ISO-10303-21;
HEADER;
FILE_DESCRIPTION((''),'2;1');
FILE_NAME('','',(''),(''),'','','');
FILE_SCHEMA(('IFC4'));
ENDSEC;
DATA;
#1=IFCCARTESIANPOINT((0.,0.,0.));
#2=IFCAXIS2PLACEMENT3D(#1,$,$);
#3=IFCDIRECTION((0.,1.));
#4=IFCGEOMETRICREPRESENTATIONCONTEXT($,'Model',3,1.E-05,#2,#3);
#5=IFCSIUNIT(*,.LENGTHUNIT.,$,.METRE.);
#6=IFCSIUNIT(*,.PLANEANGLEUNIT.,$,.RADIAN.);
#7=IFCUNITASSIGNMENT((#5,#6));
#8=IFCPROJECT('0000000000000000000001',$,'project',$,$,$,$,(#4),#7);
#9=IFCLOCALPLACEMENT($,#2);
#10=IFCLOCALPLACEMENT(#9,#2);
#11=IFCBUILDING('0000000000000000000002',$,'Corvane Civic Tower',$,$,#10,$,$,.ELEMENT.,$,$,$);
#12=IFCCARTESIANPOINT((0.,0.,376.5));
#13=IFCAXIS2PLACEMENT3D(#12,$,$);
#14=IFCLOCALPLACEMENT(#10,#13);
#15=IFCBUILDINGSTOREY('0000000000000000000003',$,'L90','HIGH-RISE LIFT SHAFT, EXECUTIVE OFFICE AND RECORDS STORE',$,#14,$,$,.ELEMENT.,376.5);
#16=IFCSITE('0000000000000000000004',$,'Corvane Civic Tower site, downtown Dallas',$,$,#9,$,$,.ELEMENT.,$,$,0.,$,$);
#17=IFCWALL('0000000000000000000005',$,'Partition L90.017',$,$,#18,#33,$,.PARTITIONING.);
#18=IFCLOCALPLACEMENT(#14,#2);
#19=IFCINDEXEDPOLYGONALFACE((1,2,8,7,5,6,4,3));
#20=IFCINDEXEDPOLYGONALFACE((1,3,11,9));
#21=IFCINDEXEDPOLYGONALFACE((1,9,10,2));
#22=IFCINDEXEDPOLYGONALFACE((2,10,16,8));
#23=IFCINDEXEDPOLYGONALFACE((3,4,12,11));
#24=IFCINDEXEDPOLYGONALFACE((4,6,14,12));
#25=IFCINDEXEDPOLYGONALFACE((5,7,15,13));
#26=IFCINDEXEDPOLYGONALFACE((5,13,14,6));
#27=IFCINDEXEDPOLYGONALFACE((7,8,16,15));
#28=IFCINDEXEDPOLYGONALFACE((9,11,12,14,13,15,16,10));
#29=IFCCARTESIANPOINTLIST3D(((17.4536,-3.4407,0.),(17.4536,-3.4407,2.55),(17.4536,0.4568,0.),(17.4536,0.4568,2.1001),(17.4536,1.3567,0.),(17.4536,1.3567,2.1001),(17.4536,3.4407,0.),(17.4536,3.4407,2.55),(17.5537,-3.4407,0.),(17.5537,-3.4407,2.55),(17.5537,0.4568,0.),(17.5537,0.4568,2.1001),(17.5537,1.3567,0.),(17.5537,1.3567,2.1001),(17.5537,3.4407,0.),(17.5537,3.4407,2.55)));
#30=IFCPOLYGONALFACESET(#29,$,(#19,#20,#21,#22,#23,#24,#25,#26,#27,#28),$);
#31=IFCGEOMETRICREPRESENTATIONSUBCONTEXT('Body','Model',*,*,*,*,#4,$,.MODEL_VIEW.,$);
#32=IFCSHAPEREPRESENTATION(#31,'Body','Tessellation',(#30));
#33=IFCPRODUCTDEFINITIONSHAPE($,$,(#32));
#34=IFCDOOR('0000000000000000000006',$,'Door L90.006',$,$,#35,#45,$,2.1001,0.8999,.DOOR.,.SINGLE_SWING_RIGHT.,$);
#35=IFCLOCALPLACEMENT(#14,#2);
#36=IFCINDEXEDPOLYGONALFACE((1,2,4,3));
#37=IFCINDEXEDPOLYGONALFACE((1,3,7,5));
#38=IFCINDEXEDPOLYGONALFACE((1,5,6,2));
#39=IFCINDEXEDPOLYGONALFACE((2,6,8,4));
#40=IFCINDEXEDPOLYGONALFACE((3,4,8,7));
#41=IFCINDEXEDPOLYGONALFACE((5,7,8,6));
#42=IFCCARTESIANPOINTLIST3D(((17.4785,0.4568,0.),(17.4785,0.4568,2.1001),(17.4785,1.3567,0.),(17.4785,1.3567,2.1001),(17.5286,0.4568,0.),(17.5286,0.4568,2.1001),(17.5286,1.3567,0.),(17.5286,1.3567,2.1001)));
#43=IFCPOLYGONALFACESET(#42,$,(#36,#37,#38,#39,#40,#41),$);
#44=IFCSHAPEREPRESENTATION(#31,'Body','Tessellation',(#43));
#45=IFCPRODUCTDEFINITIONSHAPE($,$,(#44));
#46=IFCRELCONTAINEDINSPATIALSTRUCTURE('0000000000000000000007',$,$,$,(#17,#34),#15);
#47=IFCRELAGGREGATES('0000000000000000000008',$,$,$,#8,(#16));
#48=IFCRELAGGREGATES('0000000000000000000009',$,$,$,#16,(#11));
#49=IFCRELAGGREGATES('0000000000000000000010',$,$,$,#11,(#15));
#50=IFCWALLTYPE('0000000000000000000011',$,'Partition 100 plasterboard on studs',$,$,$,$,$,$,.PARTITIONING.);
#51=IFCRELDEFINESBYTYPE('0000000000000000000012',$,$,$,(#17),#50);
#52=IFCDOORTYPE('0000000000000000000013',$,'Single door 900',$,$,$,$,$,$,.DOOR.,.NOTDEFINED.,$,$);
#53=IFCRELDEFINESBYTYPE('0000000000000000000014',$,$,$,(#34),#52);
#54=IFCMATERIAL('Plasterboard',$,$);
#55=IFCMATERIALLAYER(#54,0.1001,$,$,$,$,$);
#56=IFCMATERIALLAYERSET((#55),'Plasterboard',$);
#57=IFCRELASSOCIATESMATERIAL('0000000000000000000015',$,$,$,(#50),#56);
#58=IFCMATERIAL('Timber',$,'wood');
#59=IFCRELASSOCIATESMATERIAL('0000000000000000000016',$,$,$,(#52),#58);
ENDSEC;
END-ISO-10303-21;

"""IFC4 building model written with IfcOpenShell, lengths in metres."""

from ifc_helpers import new_model, si_unit, direction, frame, frame_2d, origin, place, context, subcontext, project, spatial, rectangle, extrude, material, layer, layer_set, type_object, element, fill, save


model = new_model("IFC4")

# Units and contexts
model_context = context("Model", 3, precision=1e-05, world=origin(), true_north=direction((0.0, 1.0)))
body_context = subcontext(model_context, "Body", "Model", "MODEL_VIEW")
ifc_project = project(units=[si_unit("LENGTHUNIT", "METRE"), si_unit("PLANEANGLEUNIT", "RADIAN")], contexts=[model_context])

# Site, building, storey
site_placement = place(None, origin())
site = spatial("IfcSite", under=ifc_project, at=site_placement, Name="Corvane Civic Tower site, downtown Dallas", CompositionType="ELEMENT", RefElevation=0.0)
building_placement = place(site_placement, origin())
building = spatial("IfcBuilding", under=site, at=building_placement, Name="Corvane Civic Tower", CompositionType="ELEMENT")
storey_placement = place(building_placement, frame((0.0, 0.0, 376.5)))
storey = spatial("IfcBuildingStorey", under=building, at=storey_placement, Name="L90", Description="HIGH-RISE LIFT SHAFT, EXECUTIVE OFFICE AND RECORDS STORE", CompositionType="ELEMENT", Elevation=376.5)

# Shared definitions
ifc_material_1 = material(Name="Plasterboard")
ifc_layer_1 = layer(ifc_material_1, 0.1001)
ifc_layer_set_1 = layer_set([ifc_layer_1], Name="Plasterboard")
wall_type = type_object("IfcWallType", Name="Partition 100 plasterboard on studs", PredefinedType="PARTITIONING", material=ifc_layer_set_1)
ifc_material_2 = material(Name="Timber", Category="wood")
door_type = type_object("IfcDoorType", Name="Single door 900", OperationType="NOTDEFINED", PredefinedType="DOOR", material=ifc_material_2)

# Wall, opening, door
wall_1_placement = place(storey_placement, frame((17.5037, -3.4407, 0.0), z_axis=(0.0, 0.0, 1.0), x_axis=(0.0, 1.0, 0.0)))
wall_1 = element("IfcWall", 1, at=wall_1_placement, inside=storey, type_object=wall_type, Name="Partition L90.017", PredefinedType="PARTITIONING", context=body_context, shape_type="SweptSolid", body=[
    extrude(rectangle(XDim=6.8813, YDim=0.1001, at=frame_2d((3.4407, 0.0))), origin(), (0.0, 0.0, 1.0), 2.55),
])
opening_1_placement = place(wall_1_placement, frame((3.8975, 0.0, 0.0)))
opening_1 = element("IfcOpeningElement", 2, at=opening_1_placement, cuts=wall_1, PredefinedType="OPENING", context=body_context, shape_type="SweptSolid", body=[
    extrude(rectangle(XDim=0.8999, YDim=2.1001, at=frame_2d((0.45, 1.05))), frame((0.0, 0.0601, 0.0), z_axis=(0.0, -1.0, 0.0), x_axis=(1.0, 0.0, 0.0)), (0.0, 0.0, 1.0), 0.1201),
])
door_1_placement = place(opening_1_placement, frame((0.8999, 0.0, 0.0), z_axis=(0.0, 0.0, 1.0), x_axis=(-1.0, 0.0, 0.0)))
door_1 = element("IfcDoor", 3, at=door_1_placement, inside=storey, type_object=door_type, Name="Door L90.006", OperationType="SINGLE_SWING_RIGHT", OverallHeight=2.1001, OverallWidth=0.8999, PredefinedType="DOOR", context=body_context, shape_type="SweptSolid", body=[
    extrude(rectangle(XDim=0.8999, YDim=2.1001, at=frame_2d((0.45, 1.05))), frame((0.0, 0.0249, 0.0), z_axis=(0.0, -1.0, 0.0), x_axis=(1.0, 0.0, 0.0)), (0.0, 0.0, 1.0), 0.05),
])
fill(opening_1, door_1)

save(model, "model.ifc")
